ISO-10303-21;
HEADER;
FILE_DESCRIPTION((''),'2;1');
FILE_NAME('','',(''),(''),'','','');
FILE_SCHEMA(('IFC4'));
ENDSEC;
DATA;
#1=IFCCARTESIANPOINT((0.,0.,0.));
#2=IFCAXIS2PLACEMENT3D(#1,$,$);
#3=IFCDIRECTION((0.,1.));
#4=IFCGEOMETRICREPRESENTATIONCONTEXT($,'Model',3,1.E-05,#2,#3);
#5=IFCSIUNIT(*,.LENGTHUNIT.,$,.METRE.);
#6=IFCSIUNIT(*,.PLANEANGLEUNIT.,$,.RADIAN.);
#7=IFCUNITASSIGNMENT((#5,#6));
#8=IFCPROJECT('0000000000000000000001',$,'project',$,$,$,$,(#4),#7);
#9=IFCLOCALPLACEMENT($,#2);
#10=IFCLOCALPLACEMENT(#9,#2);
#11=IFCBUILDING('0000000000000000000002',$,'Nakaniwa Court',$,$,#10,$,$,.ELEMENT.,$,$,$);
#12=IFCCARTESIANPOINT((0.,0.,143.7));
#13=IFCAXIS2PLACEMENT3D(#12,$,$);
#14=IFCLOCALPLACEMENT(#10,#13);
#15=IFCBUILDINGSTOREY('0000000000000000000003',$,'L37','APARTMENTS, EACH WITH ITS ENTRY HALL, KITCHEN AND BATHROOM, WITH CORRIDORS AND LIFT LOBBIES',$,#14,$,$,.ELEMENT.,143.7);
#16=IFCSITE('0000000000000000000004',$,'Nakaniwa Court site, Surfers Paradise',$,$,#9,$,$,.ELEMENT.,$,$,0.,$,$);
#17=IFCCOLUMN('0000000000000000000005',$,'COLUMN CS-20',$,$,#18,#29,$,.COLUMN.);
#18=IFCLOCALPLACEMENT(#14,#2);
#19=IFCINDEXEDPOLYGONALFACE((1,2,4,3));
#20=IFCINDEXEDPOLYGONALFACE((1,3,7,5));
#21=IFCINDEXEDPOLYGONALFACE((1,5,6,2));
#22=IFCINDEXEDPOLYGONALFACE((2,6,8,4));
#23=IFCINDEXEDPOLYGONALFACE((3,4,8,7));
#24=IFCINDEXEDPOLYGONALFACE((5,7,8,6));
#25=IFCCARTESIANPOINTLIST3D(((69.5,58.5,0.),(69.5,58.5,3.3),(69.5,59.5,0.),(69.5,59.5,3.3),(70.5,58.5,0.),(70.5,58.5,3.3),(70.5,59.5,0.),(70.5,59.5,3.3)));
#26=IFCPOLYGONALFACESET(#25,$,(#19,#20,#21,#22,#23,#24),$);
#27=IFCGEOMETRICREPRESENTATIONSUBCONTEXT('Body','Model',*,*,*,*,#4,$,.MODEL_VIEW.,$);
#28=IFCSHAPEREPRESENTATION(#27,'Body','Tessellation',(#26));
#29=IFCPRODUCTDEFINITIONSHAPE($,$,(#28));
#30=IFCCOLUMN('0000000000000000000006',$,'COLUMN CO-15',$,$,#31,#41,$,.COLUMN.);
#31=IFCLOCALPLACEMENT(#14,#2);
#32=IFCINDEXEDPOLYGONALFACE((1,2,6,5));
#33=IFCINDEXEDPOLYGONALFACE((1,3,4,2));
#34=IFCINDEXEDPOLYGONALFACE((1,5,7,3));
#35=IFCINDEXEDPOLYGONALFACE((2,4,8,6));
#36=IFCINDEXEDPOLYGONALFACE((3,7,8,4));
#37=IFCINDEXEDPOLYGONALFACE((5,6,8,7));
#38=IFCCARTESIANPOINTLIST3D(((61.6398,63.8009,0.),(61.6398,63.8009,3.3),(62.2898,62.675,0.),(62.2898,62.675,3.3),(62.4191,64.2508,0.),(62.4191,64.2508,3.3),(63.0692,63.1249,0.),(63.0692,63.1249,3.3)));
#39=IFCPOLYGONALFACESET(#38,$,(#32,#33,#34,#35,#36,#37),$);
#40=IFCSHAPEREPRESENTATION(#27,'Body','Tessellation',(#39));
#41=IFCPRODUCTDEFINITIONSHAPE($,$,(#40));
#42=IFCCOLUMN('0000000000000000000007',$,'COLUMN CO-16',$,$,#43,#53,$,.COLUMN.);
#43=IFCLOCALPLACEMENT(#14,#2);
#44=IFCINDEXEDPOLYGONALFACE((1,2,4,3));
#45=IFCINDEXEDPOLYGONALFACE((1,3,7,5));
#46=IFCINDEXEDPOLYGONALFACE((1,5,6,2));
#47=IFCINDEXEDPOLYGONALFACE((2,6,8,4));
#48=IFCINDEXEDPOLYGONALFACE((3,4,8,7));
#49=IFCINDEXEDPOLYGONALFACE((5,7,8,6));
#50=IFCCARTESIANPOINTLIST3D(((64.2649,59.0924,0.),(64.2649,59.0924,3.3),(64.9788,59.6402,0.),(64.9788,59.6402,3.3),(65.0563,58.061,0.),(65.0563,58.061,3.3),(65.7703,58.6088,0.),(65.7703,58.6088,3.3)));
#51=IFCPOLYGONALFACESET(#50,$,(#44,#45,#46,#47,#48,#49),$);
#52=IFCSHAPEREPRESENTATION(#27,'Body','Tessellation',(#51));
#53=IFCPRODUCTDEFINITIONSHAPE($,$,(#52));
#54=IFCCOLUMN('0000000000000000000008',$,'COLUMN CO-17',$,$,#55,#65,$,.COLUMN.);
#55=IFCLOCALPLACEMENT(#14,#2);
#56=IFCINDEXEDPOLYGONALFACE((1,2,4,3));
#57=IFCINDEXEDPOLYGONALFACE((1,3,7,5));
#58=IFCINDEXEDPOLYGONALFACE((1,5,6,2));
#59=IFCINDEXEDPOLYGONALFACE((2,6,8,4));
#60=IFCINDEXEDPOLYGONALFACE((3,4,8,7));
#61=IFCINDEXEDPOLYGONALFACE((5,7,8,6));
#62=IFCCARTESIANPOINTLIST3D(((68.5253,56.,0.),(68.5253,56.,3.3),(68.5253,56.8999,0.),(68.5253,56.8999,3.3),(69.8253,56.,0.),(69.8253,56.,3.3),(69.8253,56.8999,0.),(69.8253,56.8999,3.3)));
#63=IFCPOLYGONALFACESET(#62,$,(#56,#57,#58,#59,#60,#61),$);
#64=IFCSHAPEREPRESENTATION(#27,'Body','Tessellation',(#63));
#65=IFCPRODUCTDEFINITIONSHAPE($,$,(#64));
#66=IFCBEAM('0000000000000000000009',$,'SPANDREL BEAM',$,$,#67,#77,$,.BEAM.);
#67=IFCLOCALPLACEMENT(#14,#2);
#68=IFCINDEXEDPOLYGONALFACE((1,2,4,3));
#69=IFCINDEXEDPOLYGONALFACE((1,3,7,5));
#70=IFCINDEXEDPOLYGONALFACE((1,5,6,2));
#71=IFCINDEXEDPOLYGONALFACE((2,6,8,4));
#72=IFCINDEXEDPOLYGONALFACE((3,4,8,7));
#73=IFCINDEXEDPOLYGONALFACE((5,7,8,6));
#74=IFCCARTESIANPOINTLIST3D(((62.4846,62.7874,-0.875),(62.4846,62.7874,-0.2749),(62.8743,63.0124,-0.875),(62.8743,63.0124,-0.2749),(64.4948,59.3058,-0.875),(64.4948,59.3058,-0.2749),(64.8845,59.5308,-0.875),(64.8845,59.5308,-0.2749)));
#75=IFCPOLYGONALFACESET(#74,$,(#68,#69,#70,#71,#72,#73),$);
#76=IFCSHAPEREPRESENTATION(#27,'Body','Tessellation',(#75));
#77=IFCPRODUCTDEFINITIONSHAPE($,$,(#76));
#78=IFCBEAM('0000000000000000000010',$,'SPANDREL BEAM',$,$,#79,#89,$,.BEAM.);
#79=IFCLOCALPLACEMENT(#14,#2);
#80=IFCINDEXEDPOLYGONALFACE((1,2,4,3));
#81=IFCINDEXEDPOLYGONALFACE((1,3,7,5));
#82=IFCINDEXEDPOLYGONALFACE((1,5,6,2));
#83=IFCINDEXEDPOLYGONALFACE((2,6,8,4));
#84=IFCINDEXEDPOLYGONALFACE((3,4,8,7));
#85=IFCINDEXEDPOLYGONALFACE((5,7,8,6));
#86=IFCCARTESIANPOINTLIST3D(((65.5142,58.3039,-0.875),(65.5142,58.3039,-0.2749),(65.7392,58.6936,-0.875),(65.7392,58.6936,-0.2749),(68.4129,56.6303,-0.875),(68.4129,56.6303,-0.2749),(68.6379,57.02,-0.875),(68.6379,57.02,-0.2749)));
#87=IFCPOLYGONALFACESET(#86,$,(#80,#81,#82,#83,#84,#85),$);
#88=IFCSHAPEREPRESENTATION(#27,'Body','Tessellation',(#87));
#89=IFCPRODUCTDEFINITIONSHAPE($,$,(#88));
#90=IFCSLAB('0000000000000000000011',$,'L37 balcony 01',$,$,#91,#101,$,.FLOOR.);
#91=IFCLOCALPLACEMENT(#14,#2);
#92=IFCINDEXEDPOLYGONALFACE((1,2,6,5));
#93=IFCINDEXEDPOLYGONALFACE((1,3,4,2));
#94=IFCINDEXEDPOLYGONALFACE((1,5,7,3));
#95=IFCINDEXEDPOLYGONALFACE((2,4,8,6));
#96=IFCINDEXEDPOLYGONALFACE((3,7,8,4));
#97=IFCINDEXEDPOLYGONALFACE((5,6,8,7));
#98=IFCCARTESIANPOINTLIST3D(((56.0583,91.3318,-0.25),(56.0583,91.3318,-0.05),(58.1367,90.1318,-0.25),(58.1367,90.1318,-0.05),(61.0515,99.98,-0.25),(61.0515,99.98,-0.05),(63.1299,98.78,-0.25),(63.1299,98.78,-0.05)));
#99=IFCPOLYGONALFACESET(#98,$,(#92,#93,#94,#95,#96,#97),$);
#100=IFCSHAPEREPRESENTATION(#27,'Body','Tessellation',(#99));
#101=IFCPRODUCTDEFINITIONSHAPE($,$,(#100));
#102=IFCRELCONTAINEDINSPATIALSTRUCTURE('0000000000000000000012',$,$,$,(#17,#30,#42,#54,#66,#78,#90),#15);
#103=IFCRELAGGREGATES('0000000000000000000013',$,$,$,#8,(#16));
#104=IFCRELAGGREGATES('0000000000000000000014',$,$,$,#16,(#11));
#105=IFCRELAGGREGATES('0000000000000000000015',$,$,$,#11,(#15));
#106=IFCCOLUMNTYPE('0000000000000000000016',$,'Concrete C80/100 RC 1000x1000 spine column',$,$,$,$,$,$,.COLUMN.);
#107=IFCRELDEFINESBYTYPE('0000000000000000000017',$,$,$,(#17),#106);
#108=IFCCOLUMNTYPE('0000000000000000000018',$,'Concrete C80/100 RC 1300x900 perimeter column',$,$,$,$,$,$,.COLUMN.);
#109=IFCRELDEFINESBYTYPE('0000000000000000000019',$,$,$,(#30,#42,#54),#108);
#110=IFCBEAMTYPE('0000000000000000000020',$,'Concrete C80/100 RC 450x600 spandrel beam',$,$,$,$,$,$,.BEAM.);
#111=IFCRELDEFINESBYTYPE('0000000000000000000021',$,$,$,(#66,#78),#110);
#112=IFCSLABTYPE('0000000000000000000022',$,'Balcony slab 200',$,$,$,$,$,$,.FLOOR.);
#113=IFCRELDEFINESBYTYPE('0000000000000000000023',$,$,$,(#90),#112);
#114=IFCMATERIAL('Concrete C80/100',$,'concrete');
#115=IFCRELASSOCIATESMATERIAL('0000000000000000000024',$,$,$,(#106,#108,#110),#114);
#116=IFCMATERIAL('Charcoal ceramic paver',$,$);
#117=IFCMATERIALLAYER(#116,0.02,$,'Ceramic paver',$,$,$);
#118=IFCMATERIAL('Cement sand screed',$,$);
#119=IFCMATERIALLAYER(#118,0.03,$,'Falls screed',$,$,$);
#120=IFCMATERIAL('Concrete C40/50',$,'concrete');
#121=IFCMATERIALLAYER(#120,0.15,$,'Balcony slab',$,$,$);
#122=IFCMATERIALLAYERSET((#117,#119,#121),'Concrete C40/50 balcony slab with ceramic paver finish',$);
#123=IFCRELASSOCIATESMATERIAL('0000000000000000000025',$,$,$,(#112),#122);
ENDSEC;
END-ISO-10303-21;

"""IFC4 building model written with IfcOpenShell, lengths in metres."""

from ifc_helpers import new_model, si_unit, direction, frame, origin, origin_2d, place, context, subcontext, project, spatial, polyline, rectangle, outline, extrude, material, layer, layer_set, material_profile, profile_set, type_object, element, save


model = new_model("IFC4")

# Units and contexts
model_context = context("Model", 3, precision=1e-05, world=origin(), true_north=direction((0.0, 1.0)))
body_context = subcontext(model_context, "Body", "Model", "MODEL_VIEW")
ifc_project = project(units=[si_unit("LENGTHUNIT", "METRE"), si_unit("PLANEANGLEUNIT", "RADIAN")], contexts=[model_context])

# Site, building, storey
site_placement = place(None, origin())
site = spatial("IfcSite", under=ifc_project, at=site_placement, Name="Nakaniwa Court site, Surfers Paradise", CompositionType="ELEMENT", RefElevation=0.0)
building_placement = place(site_placement, origin())
building = spatial("IfcBuilding", under=site, at=building_placement, Name="Nakaniwa Court", CompositionType="ELEMENT")
storey_placement = place(building_placement, frame((0.0, 0.0, 143.7)))
storey = spatial("IfcBuildingStorey", under=building, at=storey_placement, Name="L37", Description="APARTMENTS, EACH WITH ITS ENTRY HALL, KITCHEN AND BATHROOM, WITH CORRIDORS AND LIFT LOBBIES", CompositionType="ELEMENT", Elevation=143.7)

# Columns
ifc_material_1 = material(Name="Concrete C80/100", Category="concrete")
ifc_material_profile_1 = material_profile(ifc_material_1, rectangle(XDim=1.0, YDim=1.0, at=origin_2d()), Name="Concrete C80/100 RC 1000x1000 spine column")
ifc_profile_set_1 = profile_set([ifc_material_profile_1], Name="Concrete C80/100")
column_type_1 = type_object("IfcColumnType", Name="Concrete C80/100 RC 1000x1000 spine column", PredefinedType="COLUMN", material=ifc_profile_set_1)
column_placement = place(storey_placement, frame((70.0, 59.0, 0.0), z_axis=(0.0, 0.0, 1.0), x_axis=(0.0, -1.0, 0.0)))
element("IfcColumn", 1, at=column_placement, inside=storey, type_object=column_type_1, Name="COLUMN CS-20", PredefinedType="COLUMN", context=body_context, shape_type="SweptSolid", body=[
    extrude(rectangle(XDim=1.0, YDim=1.0, at=origin_2d()), origin(), (0.0, 0.0, 1.0), 3.3),
])
ifc_material_profile_2 = material_profile(ifc_material_1, rectangle(XDim=1.3, YDim=0.8999, at=origin_2d()), Name="Concrete C80/100 RC 1300x900 perimeter column")
ifc_profile_set_2 = profile_set([ifc_material_profile_2], Name="Concrete C80/100")
column_type_2 = type_object("IfcColumnType", Name="Concrete C80/100 RC 1300x900 perimeter column", PredefinedType="COLUMN", material=ifc_profile_set_2)
for number, where, z_axis, x_axis, name in (
    (2, (62.3545, 63.4629, 0.0), (0.0, 0.0, 1.0), (0.5, -0.866025, 0.0), "COLUMN CO-15"),
    (3, (65.0176, 58.8506, 0.0), (0.0, 0.0, 1.0), (0.608761, -0.793353, 0.0), "COLUMN CO-16"),
    (4, (69.1753, 56.45, 0.0), (0.0, 0.0, 1.0), (1.0, 0.0, 0.0), "COLUMN CO-17"),
):
    element("IfcColumn", number, at=place(storey_placement, frame(where, z_axis=z_axis, x_axis=x_axis)), inside=storey, type_object=column_type_2, Name=name, PredefinedType="COLUMN", context=body_context, shape_type="SweptSolid", body=[
        extrude(rectangle(XDim=1.3, YDim=0.8999, at=origin_2d()), origin(), (0.0, 0.0, 1.0), 3.3),
    ])

# Beams
ifc_material_profile_3 = material_profile(ifc_material_1, rectangle(XDim=0.45, YDim=0.6001, at=origin_2d()), Name="Concrete C80/100 RC 450x600 spandrel beam")
ifc_profile_set_3 = profile_set([ifc_material_profile_3], Name="Concrete C80/100")
beam_type = type_object("IfcBeamType", Name="Concrete C80/100 RC 450x600 spandrel beam", PredefinedType="BEAM", material=ifc_profile_set_3)
beam_1_placement = place(storey_placement, frame((62.6794, 62.8999, -0.575), z_axis=(0.500019, -0.866015, 0.0), x_axis=(0.866015, 0.500019, 0.0)))
element("IfcBeam", 5, at=beam_1_placement, inside=storey, type_object=beam_type, Name="SPANDREL BEAM", PredefinedType="BEAM", context=body_context, shape_type="SweptSolid", body=[
    extrude(rectangle(XDim=0.45, YDim=0.6001, at=origin_2d()), origin(), (0.0, 0.0, 1.0), 4.0203),
])
beam_2_placement = place(storey_placement, frame((65.6267, 58.4988, -0.575), z_axis=(0.866022, -0.500007, 0.0), x_axis=(0.500007, 0.866022, 0.0)))
element("IfcBeam", 6, at=beam_2_placement, inside=storey, type_object=beam_type, Name="SPANDREL BEAM", PredefinedType="BEAM", context=body_context, shape_type="SweptSolid", body=[
    extrude(rectangle(XDim=0.45, YDim=0.6001, at=origin_2d()), origin(), (0.0, 0.0, 1.0), 3.3472),
])

# Slab
ifc_material_2 = material(Name="Charcoal ceramic paver")
ifc_layer_1 = layer(ifc_material_2, 0.02, Name="Ceramic paver")
ifc_material_3 = material(Name="Cement sand screed")
ifc_layer_2 = layer(ifc_material_3, 0.03, Name="Falls screed")
ifc_material_4 = material(Name="Concrete C40/50", Category="concrete")
ifc_layer_3 = layer(ifc_material_4, 0.15, Name="Balcony slab")
ifc_layer_set_1 = layer_set([ifc_layer_1, ifc_layer_2, ifc_layer_3], Name="Concrete C40/50 balcony slab with ceramic paver finish")
slab_type_1 = type_object("IfcSlabType", Name="Balcony slab 200", PredefinedType="FLOOR", material=ifc_layer_set_1)
slab_1_placement = place(storey_placement, frame((0.0, 0.0, -0.25)))
element("IfcSlab", 7, at=slab_1_placement, inside=storey, type_object=slab_type_1, Name="L37 balcony 01", PredefinedType="FLOOR", context=body_context, shape_type="SweptSolid", body=[
    extrude(outline(polyline([(63.1299, 98.78), (58.1367, 90.1318), (56.0583, 91.3318), (61.0515, 99.98), (63.1299, 98.78)])), origin(), (0.0, 0.0, 1.0), 0.2),
])

save(model, "model.ifc")
